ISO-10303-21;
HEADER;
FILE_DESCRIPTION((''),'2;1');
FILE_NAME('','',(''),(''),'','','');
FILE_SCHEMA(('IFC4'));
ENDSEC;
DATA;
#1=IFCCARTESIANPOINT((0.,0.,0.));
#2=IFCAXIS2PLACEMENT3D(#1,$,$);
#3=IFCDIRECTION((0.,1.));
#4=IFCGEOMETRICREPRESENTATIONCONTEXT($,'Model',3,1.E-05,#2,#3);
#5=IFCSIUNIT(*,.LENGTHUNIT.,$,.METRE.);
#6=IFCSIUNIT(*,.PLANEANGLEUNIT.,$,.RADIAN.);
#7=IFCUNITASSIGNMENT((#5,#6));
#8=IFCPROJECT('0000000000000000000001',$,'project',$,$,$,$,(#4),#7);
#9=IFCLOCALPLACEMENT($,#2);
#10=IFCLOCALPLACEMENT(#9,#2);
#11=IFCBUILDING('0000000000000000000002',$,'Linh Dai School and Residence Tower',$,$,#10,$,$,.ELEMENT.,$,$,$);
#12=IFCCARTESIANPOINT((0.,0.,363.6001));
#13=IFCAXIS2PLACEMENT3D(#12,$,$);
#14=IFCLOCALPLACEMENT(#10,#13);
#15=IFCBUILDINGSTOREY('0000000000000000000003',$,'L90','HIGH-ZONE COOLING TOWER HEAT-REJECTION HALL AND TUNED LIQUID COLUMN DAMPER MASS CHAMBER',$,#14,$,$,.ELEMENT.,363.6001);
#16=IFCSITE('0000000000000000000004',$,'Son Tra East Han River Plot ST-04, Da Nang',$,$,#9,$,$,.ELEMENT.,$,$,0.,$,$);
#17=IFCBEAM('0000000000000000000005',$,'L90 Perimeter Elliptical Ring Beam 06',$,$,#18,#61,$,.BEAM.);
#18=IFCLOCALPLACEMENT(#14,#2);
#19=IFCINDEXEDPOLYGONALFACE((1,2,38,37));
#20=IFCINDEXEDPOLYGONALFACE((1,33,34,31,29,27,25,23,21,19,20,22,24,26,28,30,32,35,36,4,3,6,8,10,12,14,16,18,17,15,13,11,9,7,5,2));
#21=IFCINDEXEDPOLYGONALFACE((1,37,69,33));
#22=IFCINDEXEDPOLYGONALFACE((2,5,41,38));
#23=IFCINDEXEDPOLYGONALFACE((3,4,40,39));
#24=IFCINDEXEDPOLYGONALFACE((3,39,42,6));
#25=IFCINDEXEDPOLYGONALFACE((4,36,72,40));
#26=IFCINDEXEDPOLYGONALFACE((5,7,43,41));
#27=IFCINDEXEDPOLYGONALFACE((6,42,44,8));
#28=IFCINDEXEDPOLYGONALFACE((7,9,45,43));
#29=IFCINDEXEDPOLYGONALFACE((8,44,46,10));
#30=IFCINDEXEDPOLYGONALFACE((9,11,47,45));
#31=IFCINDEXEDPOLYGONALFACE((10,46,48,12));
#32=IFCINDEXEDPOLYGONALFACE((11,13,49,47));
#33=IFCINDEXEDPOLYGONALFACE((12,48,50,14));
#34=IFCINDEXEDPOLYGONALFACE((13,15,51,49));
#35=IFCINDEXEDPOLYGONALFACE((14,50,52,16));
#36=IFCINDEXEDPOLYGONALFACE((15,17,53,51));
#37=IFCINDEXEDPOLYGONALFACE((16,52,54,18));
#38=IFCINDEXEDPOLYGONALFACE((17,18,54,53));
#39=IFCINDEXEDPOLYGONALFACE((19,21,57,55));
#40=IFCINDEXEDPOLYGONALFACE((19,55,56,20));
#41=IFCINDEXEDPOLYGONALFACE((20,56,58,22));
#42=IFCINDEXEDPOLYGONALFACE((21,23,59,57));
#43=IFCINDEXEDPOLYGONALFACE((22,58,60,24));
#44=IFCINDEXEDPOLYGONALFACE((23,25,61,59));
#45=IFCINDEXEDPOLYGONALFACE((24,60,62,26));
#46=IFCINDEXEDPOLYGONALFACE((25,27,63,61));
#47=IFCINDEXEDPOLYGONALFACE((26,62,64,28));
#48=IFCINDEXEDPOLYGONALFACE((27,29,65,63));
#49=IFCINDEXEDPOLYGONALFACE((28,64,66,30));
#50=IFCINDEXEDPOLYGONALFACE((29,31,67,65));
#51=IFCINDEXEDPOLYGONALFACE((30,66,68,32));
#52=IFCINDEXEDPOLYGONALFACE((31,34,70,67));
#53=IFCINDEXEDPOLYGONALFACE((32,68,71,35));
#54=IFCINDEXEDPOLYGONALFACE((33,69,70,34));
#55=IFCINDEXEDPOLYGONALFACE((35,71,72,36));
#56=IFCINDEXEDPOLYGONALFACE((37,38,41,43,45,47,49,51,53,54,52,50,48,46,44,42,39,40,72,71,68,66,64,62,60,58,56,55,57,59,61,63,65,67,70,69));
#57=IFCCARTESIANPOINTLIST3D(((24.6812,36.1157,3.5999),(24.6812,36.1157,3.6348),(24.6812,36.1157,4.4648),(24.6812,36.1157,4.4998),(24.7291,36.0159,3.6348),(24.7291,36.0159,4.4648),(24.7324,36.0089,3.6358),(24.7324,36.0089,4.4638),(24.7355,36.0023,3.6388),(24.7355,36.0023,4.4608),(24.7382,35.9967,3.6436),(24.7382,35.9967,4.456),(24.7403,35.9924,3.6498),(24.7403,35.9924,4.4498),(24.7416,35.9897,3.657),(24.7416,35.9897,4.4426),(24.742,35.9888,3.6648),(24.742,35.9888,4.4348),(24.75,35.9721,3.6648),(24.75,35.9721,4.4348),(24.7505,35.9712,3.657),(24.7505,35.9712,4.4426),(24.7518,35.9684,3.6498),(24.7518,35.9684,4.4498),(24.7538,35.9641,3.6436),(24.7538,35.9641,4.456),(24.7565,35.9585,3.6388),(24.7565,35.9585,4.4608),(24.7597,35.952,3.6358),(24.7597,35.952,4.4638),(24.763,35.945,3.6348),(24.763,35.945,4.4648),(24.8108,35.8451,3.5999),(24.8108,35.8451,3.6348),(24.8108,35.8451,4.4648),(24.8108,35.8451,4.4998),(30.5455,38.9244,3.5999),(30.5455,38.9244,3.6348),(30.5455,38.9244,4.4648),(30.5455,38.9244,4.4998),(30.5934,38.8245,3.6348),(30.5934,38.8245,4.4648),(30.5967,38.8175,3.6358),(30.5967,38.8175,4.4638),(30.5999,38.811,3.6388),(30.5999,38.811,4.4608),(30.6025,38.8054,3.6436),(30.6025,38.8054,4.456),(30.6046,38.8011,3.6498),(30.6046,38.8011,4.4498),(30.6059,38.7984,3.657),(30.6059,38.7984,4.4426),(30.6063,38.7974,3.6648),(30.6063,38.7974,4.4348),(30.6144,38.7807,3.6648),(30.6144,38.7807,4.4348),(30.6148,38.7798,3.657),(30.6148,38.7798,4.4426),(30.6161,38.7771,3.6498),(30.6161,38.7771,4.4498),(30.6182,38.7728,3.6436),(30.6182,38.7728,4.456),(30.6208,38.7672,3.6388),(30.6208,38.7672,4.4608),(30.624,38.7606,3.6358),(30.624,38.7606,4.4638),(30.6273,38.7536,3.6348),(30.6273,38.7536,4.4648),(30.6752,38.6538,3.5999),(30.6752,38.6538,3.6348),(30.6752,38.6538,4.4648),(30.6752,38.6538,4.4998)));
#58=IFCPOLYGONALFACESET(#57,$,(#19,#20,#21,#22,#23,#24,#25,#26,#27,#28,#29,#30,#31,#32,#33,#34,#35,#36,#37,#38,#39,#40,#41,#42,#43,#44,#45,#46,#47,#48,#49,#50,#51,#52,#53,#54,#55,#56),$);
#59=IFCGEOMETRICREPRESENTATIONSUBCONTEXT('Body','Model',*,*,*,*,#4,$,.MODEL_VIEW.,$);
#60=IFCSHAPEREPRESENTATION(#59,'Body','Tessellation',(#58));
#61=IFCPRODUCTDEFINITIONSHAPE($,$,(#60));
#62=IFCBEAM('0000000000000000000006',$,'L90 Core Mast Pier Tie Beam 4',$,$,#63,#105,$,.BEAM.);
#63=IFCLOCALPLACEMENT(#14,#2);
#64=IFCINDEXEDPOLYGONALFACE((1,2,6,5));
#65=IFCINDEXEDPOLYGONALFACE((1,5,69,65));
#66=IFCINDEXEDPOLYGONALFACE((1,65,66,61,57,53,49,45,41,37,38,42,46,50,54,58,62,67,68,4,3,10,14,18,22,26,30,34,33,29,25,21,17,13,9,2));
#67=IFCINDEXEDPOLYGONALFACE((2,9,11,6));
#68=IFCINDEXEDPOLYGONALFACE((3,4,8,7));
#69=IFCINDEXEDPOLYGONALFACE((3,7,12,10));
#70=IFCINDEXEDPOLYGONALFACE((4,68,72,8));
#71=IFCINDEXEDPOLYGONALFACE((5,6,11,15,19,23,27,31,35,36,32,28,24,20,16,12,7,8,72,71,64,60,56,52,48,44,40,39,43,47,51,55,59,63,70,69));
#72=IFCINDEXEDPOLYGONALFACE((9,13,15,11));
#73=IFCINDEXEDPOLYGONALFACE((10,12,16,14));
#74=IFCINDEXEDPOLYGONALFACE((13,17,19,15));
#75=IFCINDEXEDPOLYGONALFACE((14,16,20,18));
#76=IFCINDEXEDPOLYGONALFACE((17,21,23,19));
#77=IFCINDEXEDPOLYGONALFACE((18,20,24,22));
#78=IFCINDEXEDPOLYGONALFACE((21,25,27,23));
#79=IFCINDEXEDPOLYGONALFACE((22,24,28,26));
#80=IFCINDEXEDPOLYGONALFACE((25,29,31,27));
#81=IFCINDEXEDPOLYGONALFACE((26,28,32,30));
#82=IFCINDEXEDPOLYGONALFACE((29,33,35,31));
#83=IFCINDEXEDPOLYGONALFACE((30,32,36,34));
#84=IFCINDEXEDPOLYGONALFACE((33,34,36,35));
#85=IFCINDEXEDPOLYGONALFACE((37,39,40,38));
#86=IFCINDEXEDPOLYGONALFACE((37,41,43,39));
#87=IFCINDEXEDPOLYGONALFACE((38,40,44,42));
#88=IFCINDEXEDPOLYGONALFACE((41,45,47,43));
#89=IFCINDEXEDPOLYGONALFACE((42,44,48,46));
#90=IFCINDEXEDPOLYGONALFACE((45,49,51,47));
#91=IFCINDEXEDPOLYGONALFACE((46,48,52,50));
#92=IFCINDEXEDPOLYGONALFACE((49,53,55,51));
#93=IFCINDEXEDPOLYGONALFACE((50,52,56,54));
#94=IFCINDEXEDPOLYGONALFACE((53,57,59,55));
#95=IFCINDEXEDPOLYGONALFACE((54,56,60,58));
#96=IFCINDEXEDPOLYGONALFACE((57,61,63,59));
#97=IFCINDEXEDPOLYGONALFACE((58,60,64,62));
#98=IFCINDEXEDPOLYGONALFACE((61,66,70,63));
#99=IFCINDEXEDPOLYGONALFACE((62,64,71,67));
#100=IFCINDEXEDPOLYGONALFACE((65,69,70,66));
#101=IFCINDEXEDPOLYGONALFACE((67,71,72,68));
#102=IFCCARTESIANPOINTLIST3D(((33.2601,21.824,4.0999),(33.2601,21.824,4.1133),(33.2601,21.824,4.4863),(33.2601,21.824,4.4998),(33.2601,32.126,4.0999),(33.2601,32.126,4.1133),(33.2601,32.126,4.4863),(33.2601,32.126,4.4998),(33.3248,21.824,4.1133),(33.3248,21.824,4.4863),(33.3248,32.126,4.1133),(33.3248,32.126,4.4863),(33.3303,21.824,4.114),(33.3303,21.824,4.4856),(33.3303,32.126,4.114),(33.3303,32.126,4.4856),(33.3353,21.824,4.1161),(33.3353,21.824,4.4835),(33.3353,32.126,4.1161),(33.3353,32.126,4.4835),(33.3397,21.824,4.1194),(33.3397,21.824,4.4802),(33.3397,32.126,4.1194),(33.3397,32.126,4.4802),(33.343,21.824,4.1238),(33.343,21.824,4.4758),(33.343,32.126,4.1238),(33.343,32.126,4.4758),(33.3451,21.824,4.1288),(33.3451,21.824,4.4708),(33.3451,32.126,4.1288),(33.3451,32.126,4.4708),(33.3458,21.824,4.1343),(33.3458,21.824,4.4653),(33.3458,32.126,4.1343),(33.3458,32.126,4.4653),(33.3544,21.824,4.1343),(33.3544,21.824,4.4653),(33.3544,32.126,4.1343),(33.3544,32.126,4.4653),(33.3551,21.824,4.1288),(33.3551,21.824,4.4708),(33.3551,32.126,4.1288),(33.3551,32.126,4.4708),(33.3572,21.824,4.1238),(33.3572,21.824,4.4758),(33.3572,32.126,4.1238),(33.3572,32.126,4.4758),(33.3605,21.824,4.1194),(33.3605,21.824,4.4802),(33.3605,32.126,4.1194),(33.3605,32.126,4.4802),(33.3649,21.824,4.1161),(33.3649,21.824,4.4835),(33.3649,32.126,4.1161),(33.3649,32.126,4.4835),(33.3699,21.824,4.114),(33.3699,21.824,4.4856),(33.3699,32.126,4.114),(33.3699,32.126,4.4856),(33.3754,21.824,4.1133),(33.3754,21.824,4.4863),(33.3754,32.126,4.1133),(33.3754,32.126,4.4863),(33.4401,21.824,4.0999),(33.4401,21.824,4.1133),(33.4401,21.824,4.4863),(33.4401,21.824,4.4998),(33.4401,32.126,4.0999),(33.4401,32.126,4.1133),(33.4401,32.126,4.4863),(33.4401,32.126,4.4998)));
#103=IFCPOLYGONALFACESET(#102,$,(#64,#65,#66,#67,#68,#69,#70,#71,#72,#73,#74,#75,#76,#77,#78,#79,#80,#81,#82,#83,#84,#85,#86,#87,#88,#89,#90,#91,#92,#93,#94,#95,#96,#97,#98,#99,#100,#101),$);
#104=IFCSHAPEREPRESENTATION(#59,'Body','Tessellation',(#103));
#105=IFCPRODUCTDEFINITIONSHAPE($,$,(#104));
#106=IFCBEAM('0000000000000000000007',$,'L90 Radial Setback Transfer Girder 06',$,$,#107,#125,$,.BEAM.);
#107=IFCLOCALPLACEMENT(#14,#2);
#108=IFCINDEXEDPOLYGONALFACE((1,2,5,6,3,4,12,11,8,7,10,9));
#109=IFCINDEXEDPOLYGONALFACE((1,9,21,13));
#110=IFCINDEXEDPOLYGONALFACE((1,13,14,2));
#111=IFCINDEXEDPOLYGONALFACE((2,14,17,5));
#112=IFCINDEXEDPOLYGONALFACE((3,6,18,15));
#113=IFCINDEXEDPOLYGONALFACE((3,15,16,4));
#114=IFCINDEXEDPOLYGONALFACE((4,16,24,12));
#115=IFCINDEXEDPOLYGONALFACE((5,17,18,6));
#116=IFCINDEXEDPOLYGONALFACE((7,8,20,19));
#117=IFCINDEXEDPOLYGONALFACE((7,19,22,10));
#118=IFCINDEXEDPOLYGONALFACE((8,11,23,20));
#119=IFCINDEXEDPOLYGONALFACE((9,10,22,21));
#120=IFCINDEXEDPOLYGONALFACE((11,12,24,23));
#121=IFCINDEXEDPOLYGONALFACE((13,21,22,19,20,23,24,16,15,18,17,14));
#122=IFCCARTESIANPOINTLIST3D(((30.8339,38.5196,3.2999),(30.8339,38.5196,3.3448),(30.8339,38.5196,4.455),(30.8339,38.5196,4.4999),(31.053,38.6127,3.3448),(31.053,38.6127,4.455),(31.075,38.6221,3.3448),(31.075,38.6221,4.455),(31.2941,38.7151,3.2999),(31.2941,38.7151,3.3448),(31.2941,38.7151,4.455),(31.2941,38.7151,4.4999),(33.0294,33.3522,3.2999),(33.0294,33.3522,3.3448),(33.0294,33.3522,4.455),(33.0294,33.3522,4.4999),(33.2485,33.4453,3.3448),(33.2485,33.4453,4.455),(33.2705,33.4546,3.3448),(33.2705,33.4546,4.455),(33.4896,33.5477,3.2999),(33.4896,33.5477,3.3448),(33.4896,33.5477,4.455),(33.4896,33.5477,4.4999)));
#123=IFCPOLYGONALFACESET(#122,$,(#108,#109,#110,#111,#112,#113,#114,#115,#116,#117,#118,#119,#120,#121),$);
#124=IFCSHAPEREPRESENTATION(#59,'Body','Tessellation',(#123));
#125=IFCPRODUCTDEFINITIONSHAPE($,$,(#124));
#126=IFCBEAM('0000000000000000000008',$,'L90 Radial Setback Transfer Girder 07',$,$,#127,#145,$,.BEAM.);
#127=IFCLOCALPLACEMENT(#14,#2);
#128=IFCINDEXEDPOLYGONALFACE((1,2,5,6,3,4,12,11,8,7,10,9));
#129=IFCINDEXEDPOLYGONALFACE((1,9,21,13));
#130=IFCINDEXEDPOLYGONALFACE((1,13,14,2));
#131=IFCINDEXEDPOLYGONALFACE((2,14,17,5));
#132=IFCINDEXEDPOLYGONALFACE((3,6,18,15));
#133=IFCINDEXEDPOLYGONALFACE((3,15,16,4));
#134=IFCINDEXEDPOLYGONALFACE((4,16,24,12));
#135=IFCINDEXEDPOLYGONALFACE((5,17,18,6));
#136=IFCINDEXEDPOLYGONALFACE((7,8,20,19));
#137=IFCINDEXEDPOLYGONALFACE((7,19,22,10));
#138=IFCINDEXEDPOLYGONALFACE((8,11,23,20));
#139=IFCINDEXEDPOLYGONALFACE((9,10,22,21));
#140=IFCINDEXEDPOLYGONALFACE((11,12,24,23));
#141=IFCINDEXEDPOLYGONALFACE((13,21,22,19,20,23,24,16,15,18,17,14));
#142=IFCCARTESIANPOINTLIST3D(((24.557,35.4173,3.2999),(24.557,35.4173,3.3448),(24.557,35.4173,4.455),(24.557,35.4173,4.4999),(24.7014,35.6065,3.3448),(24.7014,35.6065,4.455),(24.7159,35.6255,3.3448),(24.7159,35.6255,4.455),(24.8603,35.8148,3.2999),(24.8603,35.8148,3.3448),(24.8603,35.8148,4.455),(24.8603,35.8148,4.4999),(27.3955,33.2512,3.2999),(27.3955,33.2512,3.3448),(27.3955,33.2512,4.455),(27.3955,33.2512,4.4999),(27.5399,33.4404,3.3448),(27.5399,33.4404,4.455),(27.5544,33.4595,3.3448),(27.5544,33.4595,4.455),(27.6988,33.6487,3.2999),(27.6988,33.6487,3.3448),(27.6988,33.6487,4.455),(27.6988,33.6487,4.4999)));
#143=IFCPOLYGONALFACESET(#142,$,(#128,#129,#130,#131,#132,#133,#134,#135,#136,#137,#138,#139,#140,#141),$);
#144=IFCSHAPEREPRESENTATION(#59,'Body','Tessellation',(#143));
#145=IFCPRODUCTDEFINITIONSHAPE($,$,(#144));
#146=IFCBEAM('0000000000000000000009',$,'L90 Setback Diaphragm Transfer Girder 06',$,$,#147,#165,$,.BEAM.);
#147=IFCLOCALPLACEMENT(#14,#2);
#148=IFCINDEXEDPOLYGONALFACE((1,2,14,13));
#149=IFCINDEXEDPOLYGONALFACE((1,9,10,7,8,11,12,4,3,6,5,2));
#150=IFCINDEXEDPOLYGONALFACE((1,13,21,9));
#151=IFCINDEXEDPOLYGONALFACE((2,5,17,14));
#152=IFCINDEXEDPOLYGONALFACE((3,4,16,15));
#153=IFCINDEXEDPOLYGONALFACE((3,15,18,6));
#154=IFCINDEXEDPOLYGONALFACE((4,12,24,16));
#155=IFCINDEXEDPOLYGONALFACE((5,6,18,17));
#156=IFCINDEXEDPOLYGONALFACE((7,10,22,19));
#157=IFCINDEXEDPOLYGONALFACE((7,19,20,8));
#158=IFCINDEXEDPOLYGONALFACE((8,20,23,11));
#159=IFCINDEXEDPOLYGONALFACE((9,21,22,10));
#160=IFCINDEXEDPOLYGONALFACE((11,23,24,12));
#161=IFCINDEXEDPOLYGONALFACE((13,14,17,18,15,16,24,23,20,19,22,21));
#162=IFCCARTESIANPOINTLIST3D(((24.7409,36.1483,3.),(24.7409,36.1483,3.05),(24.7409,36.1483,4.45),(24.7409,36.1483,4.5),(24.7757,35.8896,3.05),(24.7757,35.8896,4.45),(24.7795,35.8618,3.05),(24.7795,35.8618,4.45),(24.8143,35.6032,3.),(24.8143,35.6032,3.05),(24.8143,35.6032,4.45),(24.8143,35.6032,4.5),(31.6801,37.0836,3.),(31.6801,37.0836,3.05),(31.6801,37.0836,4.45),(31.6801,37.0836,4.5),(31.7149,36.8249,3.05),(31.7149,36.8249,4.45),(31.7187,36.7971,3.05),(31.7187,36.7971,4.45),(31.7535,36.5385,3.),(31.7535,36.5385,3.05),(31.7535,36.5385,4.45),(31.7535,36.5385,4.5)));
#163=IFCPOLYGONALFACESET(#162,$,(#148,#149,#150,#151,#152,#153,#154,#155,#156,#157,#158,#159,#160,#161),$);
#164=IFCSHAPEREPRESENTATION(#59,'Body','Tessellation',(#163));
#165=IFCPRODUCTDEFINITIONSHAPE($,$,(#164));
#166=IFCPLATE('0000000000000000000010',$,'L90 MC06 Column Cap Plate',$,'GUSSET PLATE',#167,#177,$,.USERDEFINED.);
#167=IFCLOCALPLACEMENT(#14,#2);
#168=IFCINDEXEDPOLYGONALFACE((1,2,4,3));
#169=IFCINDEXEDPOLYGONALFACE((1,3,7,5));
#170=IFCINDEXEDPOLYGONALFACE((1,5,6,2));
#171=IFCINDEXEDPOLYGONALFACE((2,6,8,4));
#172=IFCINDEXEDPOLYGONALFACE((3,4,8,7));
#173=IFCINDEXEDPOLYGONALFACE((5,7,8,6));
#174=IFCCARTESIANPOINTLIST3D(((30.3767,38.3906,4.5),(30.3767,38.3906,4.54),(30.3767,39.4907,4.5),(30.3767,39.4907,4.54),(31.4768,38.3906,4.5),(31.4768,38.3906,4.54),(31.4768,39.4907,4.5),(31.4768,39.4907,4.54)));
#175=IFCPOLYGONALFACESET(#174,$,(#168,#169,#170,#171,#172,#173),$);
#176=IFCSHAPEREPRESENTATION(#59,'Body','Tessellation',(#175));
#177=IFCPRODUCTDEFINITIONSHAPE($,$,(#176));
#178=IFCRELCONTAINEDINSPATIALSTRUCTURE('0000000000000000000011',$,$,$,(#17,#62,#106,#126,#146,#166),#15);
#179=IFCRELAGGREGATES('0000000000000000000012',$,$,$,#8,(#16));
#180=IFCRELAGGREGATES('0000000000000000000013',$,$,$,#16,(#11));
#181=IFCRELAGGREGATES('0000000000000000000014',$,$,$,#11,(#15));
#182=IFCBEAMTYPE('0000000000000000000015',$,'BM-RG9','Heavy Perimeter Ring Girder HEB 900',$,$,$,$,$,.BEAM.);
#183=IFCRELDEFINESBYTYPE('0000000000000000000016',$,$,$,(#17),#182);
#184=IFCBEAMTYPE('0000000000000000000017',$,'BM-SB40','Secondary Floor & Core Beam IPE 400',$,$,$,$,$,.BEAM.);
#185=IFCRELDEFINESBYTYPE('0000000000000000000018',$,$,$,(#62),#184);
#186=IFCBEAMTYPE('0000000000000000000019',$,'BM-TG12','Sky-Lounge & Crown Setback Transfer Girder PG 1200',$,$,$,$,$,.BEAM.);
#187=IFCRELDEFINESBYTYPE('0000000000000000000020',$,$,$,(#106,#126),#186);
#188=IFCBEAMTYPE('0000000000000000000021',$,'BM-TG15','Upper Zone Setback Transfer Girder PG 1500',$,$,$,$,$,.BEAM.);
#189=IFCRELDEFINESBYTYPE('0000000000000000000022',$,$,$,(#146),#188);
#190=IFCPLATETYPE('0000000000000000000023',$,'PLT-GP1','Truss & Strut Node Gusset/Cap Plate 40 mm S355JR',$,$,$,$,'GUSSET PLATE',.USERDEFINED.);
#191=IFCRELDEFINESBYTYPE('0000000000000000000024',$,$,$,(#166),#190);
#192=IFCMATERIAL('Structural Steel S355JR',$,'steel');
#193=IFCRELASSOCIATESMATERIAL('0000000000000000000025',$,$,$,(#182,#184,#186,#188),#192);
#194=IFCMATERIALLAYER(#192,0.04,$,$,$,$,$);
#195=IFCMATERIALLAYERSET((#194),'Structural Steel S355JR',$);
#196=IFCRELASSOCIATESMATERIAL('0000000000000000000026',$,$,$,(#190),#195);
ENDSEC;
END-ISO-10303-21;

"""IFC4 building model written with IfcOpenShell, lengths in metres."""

from ifc_helpers import new_model, si_unit, direction, frame, origin, origin_2d, place, context, subcontext, project, spatial, rectangle, i_section, extrude, source, transform, mapped, material, layer, layer_set, material_profile, profile_set, type_object, element, save


model = new_model("IFC4")

# Units and contexts
model_context = context("Model", 3, precision=1e-05, world=origin(), true_north=direction((0.0, 1.0)))
body_context = subcontext(model_context, "Body", "Model", "MODEL_VIEW")
ifc_project = project(units=[si_unit("LENGTHUNIT", "METRE"), si_unit("PLANEANGLEUNIT", "RADIAN")], contexts=[model_context])

# Site, building, storey
site_placement = place(None, origin())
site = spatial("IfcSite", under=ifc_project, at=site_placement, Name="Son Tra East Han River Plot ST-04, Da Nang", CompositionType="ELEMENT", RefElevation=0.0)
building_placement = place(site_placement, origin())
building = spatial("IfcBuilding", under=site, at=building_placement, Name="Linh Dai School and Residence Tower", CompositionType="ELEMENT")
storey_placement = place(building_placement, frame((0.0, 0.0, 363.6001)))
storey = spatial("IfcBuildingStorey", under=building, at=storey_placement, Name="L90", Description="HIGH-ZONE COOLING TOWER HEAT-REJECTION HALL AND TUNED LIQUID COLUMN DAMPER MASS CHAMBER", CompositionType="ELEMENT", Elevation=363.6001)

# Shared definitions
ifc_material_1 = material(Name="Structural Steel S355JR", Category="steel")

# Beams
ifc_material_profile_1 = material_profile(ifc_material_1, i_section(OverallWidth=0.3, OverallDepth=0.8999, WebThickness=0.0186, FlangeThickness=0.0349, FilletRadius=0.03, at=origin_2d()), Name="HEB 900")
ifc_profile_set_1 = profile_set([ifc_material_profile_1], Name="Structural Steel S355JR")
beam_type_1 = type_object("IfcBeamType", Name="BM-RG9", Description="Heavy Perimeter Ring Girder HEB 900", PredefinedType="BEAM", material=ifc_profile_set_1)
beam_1_placement = place(storey_placement, frame((30.6104, 38.7891, 4.0498), z_axis=(-0.901898, -0.43195, 0.0), x_axis=(0.43195, -0.901898, 0.0)))
element("IfcBeam", 1, at=beam_1_placement, inside=storey, type_object=beam_type_1, Name="L90 Perimeter Elliptical Ring Beam 06", PredefinedType="BEAM", context=body_context, shape_type="SweptSolid", body=[
    extrude(i_section(OverallWidth=0.3, OverallDepth=0.8999, WebThickness=0.0186, FlangeThickness=0.0349, FilletRadius=0.03, at=origin_2d()), origin(), (0.0, 0.0, 1.0), 6.5022),
])
ifc_material_profile_2 = material_profile(ifc_material_1, i_section(OverallWidth=0.1799, OverallDepth=0.3999, WebThickness=0.0085, FlangeThickness=0.0134, FilletRadius=0.021, at=origin_2d()), Name="IPE 400")
ifc_profile_set_2 = profile_set([ifc_material_profile_2], Name="Structural Steel S355JR")
beam_type_2 = type_object("IfcBeamType", Name="BM-SB40", Description="Secondary Floor & Core Beam IPE 400", PredefinedType="BEAM", material=ifc_profile_set_2)
beam_2_placement = place(storey_placement, frame((33.3501, 32.126, 4.2998), z_axis=(0.0, -1.0, 0.0), x_axis=(1.0, 0.0, 0.0)))
element("IfcBeam", 2, at=beam_2_placement, inside=storey, type_object=beam_type_2, Name="L90 Core Mast Pier Tie Beam 4", PredefinedType="BEAM", context=body_context, shape_type="SweptSolid", body=[
    extrude(i_section(OverallWidth=0.1799, OverallDepth=0.3999, WebThickness=0.0085, FlangeThickness=0.0134, FilletRadius=0.021, at=origin_2d()), origin(), (0.0, 0.0, 1.0), 10.302),
])
ifc_material_profile_3 = material_profile(ifc_material_1, i_section(OverallWidth=0.5, OverallDepth=1.2, WebThickness=0.0239, FlangeThickness=0.0449, at=origin_2d()), Name="PG 1200x500x24x45")
ifc_profile_set_3 = profile_set([ifc_material_profile_3], Name="Structural Steel S355JR")
beam_type_3 = type_object("IfcBeamType", Name="BM-TG12", Description="Sky-Lounge & Crown Setback Transfer Girder PG 1200", PredefinedType="BEAM", material=ifc_profile_set_3)
beam_3_placement = place(storey_placement, frame((33.2595, 33.45, 3.8999), z_axis=(-0.391047, 0.920371, 0.0), x_axis=(-0.920371, -0.391047, 0.0)))
element("IfcBeam", 3, at=beam_3_placement, inside=storey, type_object=beam_type_3, Name="L90 Radial Setback Transfer Girder 06", PredefinedType="BEAM", context=body_context, shape_type="SweptSolid", body=[
    extrude(i_section(OverallWidth=0.5, OverallDepth=1.2, WebThickness=0.0239, FlangeThickness=0.0449, at=origin_2d()), origin(), (0.0, 0.0, 1.0), 5.6145),
])
beam_4_placement = place(storey_placement, frame((27.5471, 33.45, 3.8999), z_axis=(-0.794967, 0.606653, 0.0), x_axis=(-0.606653, -0.794967, 0.0)))
element("IfcBeam", 4, at=beam_4_placement, inside=storey, type_object=beam_type_3, Name="L90 Radial Setback Transfer Girder 07", PredefinedType="BEAM", context=body_context, shape_type="SweptSolid", body=[
    extrude(i_section(OverallWidth=0.5, OverallDepth=1.2, WebThickness=0.0239, FlangeThickness=0.0449, at=origin_2d()), origin(), (0.0, 0.0, 1.0), 3.5706),
])
ifc_material_profile_4 = material_profile(ifc_material_1, i_section(OverallWidth=0.55, OverallDepth=1.5, WebThickness=0.0281, FlangeThickness=0.05, at=origin_2d()), Name="PG 1500x550x28x50")
ifc_profile_set_4 = profile_set([ifc_material_profile_4], Name="Structural Steel S355JR")
beam_type_4 = type_object("IfcBeamType", Name="BM-TG15", Description="Upper Zone Setback Transfer Girder PG 1500", PredefinedType="BEAM", material=ifc_profile_set_4)
beam_5_placement = place(storey_placement, frame((31.7168, 36.811, 3.75), z_axis=(-0.991038, -0.133577, 0.0), x_axis=(0.133577, -0.991038, 0.0)))
element("IfcBeam", 5, at=beam_5_placement, inside=storey, type_object=beam_type_4, Name="L90 Setback Diaphragm Transfer Girder 06", PredefinedType="BEAM", context=body_context, shape_type="SweptSolid", body=[
    extrude(i_section(OverallWidth=0.55, OverallDepth=1.5, WebThickness=0.0281, FlangeThickness=0.05, at=origin_2d()), origin(), (0.0, 0.0, 1.0), 7.002),
])

# Plate
ifc_layer_1 = layer(ifc_material_1, 0.04)
ifc_layer_set_1 = layer_set([ifc_layer_1], Name="Structural Steel S355JR")
plate_type = type_object("IfcPlateType", Name="PLT-GP1", Description="Truss & Strut Node Gusset/Cap Plate 40 mm S355JR", ElementType="GUSSET PLATE", PredefinedType="USERDEFINED", material=ifc_layer_set_1)
shared_shape_1 = source(origin(), body_context, "Body", "SweptSolid", [
    extrude(rectangle(XDim=1.1001, YDim=1.1001, at=origin_2d()), origin(), (0.0, 0.0, 1.0), 0.04),
])
plate_placement = place(storey_placement, frame((30.9268, 38.9407, 4.5), z_axis=(0.0, 0.0, 1.0), x_axis=(1.0, 0.0, 0.0)))
element("IfcPlate", 6, at=plate_placement, inside=storey, type_object=plate_type, Name="L90 MC06 Column Cap Plate", ObjectType="GUSSET PLATE", PredefinedType="USERDEFINED", context=body_context, shape_type="MappedRepresentation", body=[
    mapped(shared_shape_1, transform((0.0, 0.0, 0.0), x_axis=(1.0, 0.0, 0.0), y_axis=(0.0, 1.0, 0.0), z_axis=(0.0, 0.0, 1.0), scale=1.0)),
])

save(model, "model.ifc")
